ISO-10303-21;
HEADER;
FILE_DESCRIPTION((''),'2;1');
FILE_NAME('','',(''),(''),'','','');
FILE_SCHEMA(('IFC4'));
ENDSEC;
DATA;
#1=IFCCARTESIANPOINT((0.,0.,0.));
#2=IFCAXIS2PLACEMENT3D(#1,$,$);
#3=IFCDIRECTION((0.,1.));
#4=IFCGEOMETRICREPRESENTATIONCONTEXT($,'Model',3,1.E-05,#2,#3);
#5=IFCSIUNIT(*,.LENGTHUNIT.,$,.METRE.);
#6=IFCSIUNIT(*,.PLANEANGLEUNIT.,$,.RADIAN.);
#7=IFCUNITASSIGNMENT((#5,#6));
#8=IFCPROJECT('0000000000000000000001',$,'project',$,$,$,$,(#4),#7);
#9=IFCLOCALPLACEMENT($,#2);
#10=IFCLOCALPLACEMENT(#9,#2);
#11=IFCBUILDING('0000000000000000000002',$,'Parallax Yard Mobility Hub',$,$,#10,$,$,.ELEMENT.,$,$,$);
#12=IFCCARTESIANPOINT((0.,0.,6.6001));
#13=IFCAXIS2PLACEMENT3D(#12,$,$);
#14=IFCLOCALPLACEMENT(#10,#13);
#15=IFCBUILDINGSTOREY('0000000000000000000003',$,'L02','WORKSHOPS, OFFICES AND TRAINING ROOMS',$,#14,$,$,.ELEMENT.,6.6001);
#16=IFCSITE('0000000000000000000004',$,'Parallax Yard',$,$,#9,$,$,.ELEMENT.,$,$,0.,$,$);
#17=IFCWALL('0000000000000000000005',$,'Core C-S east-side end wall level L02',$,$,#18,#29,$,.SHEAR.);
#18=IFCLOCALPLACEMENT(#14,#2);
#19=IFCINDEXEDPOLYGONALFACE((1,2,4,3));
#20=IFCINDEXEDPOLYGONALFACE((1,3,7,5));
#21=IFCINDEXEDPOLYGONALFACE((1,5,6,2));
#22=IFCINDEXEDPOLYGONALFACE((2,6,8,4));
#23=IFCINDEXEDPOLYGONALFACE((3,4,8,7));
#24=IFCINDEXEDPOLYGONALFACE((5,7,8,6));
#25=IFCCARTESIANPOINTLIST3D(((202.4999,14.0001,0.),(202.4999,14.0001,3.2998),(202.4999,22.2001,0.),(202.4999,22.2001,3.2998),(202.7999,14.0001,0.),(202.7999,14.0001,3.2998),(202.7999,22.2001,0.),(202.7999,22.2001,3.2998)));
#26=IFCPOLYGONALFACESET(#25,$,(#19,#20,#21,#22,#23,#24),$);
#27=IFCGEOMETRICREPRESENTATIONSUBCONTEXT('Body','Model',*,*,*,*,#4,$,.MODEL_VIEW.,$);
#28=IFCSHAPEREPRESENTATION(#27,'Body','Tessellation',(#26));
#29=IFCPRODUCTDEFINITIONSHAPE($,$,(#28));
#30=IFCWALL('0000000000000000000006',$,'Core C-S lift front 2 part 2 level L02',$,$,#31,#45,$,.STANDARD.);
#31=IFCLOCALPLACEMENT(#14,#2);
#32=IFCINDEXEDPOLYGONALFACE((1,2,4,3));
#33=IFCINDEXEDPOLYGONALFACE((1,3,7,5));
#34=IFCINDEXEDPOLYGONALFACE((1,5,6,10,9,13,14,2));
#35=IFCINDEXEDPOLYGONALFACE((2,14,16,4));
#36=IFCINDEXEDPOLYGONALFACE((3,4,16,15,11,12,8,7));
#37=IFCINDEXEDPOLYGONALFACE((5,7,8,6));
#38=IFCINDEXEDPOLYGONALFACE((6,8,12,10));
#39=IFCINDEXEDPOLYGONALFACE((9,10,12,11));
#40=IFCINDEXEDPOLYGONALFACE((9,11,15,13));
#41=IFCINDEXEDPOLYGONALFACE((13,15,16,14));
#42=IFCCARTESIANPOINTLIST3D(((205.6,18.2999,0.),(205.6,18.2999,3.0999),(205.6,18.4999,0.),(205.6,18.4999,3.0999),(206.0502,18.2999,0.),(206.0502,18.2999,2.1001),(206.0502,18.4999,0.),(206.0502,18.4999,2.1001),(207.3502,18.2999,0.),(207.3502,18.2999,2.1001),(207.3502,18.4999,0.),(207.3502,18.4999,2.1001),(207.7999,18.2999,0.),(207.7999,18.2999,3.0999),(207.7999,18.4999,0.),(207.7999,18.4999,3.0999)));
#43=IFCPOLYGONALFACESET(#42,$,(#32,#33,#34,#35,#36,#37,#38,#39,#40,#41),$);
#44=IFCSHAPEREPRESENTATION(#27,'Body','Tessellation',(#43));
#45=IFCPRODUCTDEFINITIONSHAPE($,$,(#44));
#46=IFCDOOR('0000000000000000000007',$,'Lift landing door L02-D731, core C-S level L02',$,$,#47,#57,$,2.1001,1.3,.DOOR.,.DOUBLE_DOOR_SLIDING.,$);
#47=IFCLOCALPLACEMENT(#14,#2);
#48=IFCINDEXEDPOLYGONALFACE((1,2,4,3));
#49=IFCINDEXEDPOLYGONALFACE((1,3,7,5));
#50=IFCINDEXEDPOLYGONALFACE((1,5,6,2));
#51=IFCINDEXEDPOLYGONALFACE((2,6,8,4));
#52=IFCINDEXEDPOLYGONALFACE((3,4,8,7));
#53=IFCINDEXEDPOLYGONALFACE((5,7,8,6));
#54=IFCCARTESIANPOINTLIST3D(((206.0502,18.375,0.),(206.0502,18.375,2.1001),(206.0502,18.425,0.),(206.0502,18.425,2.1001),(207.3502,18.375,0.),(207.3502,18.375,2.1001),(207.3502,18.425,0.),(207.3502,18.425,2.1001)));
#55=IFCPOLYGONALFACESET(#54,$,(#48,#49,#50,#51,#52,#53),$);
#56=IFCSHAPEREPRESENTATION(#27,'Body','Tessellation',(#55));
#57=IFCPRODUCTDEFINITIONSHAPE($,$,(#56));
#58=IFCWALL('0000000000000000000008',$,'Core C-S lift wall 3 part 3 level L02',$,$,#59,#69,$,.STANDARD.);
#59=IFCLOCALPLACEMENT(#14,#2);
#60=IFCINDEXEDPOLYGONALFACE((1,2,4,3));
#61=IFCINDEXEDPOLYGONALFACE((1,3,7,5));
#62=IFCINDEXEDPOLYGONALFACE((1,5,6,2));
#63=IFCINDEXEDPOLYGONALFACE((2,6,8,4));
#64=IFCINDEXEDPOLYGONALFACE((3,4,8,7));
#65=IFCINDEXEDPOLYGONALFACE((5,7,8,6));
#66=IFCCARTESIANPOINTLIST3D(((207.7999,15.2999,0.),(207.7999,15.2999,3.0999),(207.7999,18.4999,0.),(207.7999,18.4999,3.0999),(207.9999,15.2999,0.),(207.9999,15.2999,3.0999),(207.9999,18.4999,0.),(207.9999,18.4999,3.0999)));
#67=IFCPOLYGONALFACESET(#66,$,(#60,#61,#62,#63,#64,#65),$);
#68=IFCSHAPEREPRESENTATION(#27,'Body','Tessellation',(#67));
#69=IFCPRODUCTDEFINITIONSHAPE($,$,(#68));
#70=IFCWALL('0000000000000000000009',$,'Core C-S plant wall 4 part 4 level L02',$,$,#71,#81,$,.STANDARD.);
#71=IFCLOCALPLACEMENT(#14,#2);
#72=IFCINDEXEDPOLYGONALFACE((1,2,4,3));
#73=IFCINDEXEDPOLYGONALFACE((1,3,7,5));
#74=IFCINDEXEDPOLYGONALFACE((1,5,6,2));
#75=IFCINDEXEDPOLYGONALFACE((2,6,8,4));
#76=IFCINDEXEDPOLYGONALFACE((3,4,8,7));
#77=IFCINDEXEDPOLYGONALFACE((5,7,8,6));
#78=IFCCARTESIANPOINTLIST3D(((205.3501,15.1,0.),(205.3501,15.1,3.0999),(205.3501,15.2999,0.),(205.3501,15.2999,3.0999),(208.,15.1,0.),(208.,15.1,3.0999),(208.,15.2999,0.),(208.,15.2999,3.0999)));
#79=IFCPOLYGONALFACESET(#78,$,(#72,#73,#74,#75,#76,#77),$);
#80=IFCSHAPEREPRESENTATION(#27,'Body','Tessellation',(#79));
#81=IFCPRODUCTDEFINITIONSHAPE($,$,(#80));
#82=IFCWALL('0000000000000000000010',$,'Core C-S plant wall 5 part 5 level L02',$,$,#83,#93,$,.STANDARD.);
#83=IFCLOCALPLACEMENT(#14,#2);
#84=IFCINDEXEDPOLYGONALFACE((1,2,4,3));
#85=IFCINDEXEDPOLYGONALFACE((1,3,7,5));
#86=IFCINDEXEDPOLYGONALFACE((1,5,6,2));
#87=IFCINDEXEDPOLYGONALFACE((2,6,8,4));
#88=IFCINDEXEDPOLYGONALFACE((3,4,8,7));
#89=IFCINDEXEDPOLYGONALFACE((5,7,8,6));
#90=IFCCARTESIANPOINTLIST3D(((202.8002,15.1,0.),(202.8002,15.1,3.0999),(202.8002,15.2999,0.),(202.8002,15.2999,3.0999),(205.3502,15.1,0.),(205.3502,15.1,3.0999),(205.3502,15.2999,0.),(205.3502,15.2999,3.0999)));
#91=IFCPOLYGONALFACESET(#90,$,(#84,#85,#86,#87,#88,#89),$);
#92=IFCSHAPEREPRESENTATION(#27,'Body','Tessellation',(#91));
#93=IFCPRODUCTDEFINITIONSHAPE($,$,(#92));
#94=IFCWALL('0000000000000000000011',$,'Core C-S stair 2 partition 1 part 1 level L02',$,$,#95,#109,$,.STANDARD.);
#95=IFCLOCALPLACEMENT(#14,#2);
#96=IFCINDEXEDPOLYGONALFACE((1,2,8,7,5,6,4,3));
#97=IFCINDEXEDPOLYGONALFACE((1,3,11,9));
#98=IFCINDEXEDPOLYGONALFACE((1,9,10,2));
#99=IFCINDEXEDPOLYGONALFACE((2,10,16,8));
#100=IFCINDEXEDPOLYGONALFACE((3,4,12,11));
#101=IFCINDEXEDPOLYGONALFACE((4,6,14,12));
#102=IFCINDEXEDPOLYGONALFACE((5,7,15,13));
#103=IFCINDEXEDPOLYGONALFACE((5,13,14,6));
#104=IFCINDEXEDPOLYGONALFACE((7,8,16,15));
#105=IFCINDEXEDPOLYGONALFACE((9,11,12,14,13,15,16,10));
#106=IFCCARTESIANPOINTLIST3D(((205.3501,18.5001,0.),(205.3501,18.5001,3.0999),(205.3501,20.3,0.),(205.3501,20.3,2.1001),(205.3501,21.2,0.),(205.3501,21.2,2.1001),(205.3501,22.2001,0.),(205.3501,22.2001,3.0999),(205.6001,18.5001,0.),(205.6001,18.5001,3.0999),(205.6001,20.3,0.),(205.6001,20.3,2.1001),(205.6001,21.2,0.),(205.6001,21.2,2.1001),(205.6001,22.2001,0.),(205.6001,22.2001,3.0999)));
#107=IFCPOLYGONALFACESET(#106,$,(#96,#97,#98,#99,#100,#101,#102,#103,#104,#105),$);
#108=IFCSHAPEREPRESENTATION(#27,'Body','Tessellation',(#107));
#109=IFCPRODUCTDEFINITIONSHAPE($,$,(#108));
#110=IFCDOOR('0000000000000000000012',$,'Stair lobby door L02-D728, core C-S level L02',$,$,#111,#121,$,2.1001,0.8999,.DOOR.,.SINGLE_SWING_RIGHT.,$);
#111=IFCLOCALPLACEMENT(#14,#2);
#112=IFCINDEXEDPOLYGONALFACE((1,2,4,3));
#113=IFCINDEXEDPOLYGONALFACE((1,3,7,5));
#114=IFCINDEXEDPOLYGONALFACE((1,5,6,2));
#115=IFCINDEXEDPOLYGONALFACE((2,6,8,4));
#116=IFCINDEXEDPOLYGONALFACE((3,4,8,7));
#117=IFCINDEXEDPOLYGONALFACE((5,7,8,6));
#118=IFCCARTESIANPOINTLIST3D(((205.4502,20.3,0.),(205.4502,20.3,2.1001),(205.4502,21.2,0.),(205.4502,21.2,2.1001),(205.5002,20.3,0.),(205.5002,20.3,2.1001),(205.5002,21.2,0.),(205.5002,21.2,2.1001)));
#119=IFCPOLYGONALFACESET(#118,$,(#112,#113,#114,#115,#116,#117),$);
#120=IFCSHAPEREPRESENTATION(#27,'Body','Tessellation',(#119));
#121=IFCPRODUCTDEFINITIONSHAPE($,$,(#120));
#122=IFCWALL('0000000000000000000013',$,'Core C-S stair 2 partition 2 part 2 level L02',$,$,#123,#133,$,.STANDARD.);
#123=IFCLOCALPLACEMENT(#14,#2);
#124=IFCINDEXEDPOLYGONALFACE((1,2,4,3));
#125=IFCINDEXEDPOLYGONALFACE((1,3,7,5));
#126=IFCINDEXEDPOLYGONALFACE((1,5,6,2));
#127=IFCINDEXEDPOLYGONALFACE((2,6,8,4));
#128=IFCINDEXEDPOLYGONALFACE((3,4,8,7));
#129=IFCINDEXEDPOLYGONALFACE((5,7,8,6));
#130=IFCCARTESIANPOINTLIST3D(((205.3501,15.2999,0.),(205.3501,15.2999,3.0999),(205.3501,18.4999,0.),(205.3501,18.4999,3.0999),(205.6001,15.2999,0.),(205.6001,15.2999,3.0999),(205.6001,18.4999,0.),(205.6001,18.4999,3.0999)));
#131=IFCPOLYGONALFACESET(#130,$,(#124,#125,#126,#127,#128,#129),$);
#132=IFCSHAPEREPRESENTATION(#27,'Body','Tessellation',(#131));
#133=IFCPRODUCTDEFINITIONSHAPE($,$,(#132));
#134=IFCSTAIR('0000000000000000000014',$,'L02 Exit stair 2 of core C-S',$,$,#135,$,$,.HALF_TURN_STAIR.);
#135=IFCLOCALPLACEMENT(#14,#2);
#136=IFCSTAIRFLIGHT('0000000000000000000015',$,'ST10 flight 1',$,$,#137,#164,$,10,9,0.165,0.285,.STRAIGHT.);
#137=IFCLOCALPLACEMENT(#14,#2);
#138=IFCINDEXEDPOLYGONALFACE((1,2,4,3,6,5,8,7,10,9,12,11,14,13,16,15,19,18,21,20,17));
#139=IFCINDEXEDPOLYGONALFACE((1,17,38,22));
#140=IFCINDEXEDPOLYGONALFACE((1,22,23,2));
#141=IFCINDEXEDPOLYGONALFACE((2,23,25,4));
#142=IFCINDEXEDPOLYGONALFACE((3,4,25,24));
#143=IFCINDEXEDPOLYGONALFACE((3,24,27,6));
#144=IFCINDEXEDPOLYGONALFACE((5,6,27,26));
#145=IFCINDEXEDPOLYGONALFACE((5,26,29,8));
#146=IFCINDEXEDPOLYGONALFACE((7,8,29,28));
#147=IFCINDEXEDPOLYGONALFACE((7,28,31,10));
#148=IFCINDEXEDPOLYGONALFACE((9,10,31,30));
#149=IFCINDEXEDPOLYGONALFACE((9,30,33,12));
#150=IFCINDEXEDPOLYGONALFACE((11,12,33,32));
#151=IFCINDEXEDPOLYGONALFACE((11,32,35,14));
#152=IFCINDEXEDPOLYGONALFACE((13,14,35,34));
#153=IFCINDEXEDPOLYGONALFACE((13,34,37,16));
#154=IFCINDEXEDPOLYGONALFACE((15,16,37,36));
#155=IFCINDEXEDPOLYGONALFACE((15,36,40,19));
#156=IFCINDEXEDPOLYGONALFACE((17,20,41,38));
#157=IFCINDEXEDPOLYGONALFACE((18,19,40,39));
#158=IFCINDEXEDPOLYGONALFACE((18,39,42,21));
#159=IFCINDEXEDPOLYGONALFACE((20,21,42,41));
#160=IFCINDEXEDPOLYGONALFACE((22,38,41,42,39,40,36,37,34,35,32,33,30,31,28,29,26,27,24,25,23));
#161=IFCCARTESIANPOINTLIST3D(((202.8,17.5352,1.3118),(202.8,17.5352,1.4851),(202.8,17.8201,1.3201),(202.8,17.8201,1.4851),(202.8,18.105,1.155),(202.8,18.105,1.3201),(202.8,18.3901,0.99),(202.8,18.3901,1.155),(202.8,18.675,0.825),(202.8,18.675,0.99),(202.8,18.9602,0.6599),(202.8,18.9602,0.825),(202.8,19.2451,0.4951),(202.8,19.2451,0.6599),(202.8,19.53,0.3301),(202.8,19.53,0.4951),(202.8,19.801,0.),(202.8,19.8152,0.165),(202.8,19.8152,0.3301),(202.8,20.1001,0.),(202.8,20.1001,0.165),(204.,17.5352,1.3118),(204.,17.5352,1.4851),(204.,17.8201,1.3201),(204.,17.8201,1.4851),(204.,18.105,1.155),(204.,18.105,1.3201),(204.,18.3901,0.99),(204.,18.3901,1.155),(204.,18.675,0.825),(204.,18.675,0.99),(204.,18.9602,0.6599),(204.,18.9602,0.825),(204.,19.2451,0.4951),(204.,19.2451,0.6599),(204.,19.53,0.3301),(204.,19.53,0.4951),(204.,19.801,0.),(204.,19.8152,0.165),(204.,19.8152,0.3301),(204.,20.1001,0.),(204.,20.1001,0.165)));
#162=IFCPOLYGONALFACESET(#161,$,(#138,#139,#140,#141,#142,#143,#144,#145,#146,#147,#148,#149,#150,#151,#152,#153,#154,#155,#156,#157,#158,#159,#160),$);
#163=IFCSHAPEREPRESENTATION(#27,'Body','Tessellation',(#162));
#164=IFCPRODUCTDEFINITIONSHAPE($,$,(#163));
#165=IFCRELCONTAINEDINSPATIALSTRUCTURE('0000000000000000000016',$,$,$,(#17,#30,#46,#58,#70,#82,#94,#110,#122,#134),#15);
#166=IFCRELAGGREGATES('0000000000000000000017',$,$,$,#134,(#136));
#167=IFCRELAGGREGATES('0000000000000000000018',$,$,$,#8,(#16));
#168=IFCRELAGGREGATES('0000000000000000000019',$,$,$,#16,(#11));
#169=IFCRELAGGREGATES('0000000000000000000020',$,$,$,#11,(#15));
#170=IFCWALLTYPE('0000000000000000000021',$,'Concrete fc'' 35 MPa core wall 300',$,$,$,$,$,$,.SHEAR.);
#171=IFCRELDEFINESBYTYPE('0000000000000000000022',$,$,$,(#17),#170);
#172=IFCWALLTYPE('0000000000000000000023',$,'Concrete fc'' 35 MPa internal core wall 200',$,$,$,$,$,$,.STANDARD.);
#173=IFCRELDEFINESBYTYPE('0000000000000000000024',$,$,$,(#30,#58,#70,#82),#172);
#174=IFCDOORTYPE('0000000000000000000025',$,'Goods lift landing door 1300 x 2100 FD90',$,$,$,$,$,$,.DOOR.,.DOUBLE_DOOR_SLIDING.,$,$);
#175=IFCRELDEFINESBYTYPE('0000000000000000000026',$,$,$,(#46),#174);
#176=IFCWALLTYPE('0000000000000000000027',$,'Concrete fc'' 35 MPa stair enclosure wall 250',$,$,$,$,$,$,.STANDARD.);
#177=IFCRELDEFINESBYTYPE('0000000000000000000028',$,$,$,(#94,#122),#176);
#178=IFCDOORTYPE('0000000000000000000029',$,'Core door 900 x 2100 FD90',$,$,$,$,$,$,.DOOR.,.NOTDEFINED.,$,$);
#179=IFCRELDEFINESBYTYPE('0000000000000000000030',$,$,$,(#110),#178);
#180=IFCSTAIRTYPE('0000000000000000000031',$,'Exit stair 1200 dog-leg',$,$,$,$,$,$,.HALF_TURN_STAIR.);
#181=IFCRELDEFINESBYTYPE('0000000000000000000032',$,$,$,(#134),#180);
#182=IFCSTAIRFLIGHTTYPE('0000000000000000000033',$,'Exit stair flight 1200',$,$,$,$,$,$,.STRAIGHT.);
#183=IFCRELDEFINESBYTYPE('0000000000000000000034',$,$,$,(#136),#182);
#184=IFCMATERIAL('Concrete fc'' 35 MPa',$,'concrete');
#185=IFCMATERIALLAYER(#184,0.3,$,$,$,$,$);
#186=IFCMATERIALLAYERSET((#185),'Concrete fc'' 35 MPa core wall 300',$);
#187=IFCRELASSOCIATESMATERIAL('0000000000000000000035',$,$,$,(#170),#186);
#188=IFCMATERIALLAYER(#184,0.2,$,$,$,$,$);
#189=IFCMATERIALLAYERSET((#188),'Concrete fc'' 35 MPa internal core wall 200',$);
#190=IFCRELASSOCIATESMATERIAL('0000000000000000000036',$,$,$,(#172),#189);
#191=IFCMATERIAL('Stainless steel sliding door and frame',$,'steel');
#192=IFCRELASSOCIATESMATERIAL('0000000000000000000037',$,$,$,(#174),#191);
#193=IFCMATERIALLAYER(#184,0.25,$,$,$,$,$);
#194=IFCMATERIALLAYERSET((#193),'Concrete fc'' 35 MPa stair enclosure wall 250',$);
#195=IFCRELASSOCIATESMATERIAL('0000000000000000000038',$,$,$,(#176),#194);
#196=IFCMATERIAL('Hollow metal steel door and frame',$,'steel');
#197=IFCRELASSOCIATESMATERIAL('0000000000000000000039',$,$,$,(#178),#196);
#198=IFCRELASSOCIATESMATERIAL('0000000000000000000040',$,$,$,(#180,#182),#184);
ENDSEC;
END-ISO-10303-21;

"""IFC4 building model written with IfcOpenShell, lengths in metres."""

from ifc_helpers import new_model, si_unit, direction, frame, frame_2d, origin, place, context, subcontext, project, spatial, polyline, rectangle, outline, extrude, material, layer, layer_set, type_object, element, fill, aggregate, save


model = new_model("IFC4")

# Units and contexts
model_context = context("Model", 3, precision=1e-05, world=origin(), true_north=direction((0.0, 1.0)))
body_context = subcontext(model_context, "Body", "Model", "MODEL_VIEW")
ifc_project = project(units=[si_unit("LENGTHUNIT", "METRE"), si_unit("PLANEANGLEUNIT", "RADIAN")], contexts=[model_context])

# Site, building, storey
site_placement = place(None, origin())
site = spatial("IfcSite", under=ifc_project, at=site_placement, Name="Parallax Yard", CompositionType="ELEMENT", RefElevation=0.0)
building_placement = place(site_placement, origin())
building = spatial("IfcBuilding", under=site, at=building_placement, Name="Parallax Yard Mobility Hub", CompositionType="ELEMENT")
storey_placement = place(building_placement, frame((0.0, 0.0, 6.6001)))
storey = spatial("IfcBuildingStorey", under=building, at=storey_placement, Name="L02", Description="WORKSHOPS, OFFICES AND TRAINING ROOMS", CompositionType="ELEMENT", Elevation=6.6001)

# Wall
ifc_material_1 = material(Name="Concrete fc' 35 MPa", Category="concrete")
ifc_layer_1 = layer(ifc_material_1, 0.3)
ifc_layer_set_1 = layer_set([ifc_layer_1], Name="Concrete fc' 35 MPa core wall 300")
wall_type_1 = type_object("IfcWallType", Name="Concrete fc' 35 MPa core wall 300", PredefinedType="SHEAR", material=ifc_layer_set_1)
wall_1_placement = place(storey_placement, frame((202.6499, 14.0, 0.0), z_axis=(0.0, 0.0, 1.0), x_axis=(0.0, 1.0, 0.0)))
element("IfcWall", 1, at=wall_1_placement, inside=storey, type_object=wall_type_1, Name="Core C-S east-side end wall level L02", PredefinedType="SHEAR", context=body_context, shape_type="SweptSolid", body=[
    extrude(rectangle(XDim=8.2, YDim=0.3, at=frame_2d((4.1001, 0.0))), origin(), (0.0, 0.0, 1.0), 3.2998),
])

# Wall, opening, door
ifc_layer_2 = layer(ifc_material_1, 0.2)
ifc_layer_set_2 = layer_set([ifc_layer_2], Name="Concrete fc' 35 MPa internal core wall 200")
wall_type_2 = type_object("IfcWallType", Name="Concrete fc' 35 MPa internal core wall 200", PredefinedType="STANDARD", material=ifc_layer_set_2)
wall_2_placement = place(storey_placement, frame((207.8, 18.3999, 0.0), z_axis=(0.0, 0.0, 1.0), x_axis=(-1.0, 0.0, 0.0)))
wall_2 = element("IfcWall", 2, at=wall_2_placement, inside=storey, type_object=wall_type_2, Name="Core C-S lift front 2 part 2 level L02", PredefinedType="STANDARD", context=body_context, shape_type="SweptSolid", body=[
    extrude(rectangle(XDim=2.2, YDim=0.2, at=frame_2d((1.1001, 0.0))), origin(), (0.0, 0.0, 1.0), 3.0999),
])
opening_1_placement = place(wall_2_placement, frame((0.45, 0.0, 0.0)))
opening_1 = element("IfcOpeningElement", 3, at=opening_1_placement, cuts=wall_2, PredefinedType="OPENING", context=body_context, shape_type="SweptSolid", body=[
    extrude(rectangle(XDim=1.3, YDim=2.1001, at=frame_2d((0.6499, 1.05))), frame((0.0, 0.1099, 0.0), z_axis=(0.0, -1.0, 0.0), x_axis=(1.0, 0.0, 0.0)), (0.0, 0.0, 1.0), 0.22),
])
ifc_material_2 = material(Name="Stainless steel sliding door and frame", Category="steel")
door_type_1 = type_object("IfcDoorType", Name="Goods lift landing door 1300 x 2100 FD90", OperationType="DOUBLE_DOOR_SLIDING", PredefinedType="DOOR", material=ifc_material_2)
door_1_placement = place(opening_1_placement, origin())
door_1 = element("IfcDoor", 4, at=door_1_placement, inside=storey, type_object=door_type_1, Name="Lift landing door L02-D731, core C-S level L02", OperationType="DOUBLE_DOOR_SLIDING", OverallHeight=2.1001, OverallWidth=1.3, PredefinedType="DOOR", context=body_context, shape_type="SweptSolid", body=[
    extrude(rectangle(XDim=1.3, YDim=2.1001, at=frame_2d((0.6499, 1.05))), frame((0.0, 0.0249, 0.0), z_axis=(0.0, -1.0, 0.0), x_axis=(1.0, 0.0, 0.0)), (0.0, 0.0, 1.0), 0.05),
])
fill(opening_1, door_1)

# Walls
wall_3_placement = place(storey_placement, frame((207.8999, 18.5, 0.0), z_axis=(0.0, 0.0, 1.0), x_axis=(0.0, -1.0, 0.0)))
element("IfcWall", 5, at=wall_3_placement, inside=storey, type_object=wall_type_2, Name="Core C-S lift wall 3 part 3 level L02", PredefinedType="STANDARD", context=body_context, shape_type="SweptSolid", body=[
    extrude(rectangle(XDim=3.2, YDim=0.2, at=frame_2d((1.6001, 0.0))), origin(), (0.0, 0.0, 1.0), 3.0999),
])
wall_4_placement = place(storey_placement, frame((208.0, 15.2, 0.0), z_axis=(0.0, 0.0, 1.0), x_axis=(-1.0, 0.0, 0.0)))
element("IfcWall", 6, at=wall_4_placement, inside=storey, type_object=wall_type_2, Name="Core C-S plant wall 4 part 4 level L02", PredefinedType="STANDARD", context=body_context, shape_type="SweptSolid", body=[
    extrude(rectangle(XDim=2.6499, YDim=0.2, at=frame_2d((1.325, 0.0))), origin(), (0.0, 0.0, 1.0), 3.0999),
])
wall_5_placement = place(storey_placement, frame((205.3501, 15.2, 0.0), z_axis=(0.0, 0.0, 1.0), x_axis=(-1.0, 0.0, 0.0)))
element("IfcWall", 7, at=wall_5_placement, inside=storey, type_object=wall_type_2, Name="Core C-S plant wall 5 part 5 level L02", PredefinedType="STANDARD", context=body_context, shape_type="SweptSolid", body=[
    extrude(rectangle(XDim=2.55, YDim=0.2, at=frame_2d((1.2749, 0.0))), origin(), (0.0, 0.0, 1.0), 3.0999),
])

# Wall, opening, door
ifc_layer_3 = layer(ifc_material_1, 0.25)
ifc_layer_set_3 = layer_set([ifc_layer_3], Name="Concrete fc' 35 MPa stair enclosure wall 250")
wall_type_3 = type_object("IfcWallType", Name="Concrete fc' 35 MPa stair enclosure wall 250", PredefinedType="STANDARD", material=ifc_layer_set_3)
wall_6_placement = place(storey_placement, frame((205.4751, 18.5, 0.0), z_axis=(0.0, 0.0, 1.0), x_axis=(0.0, 1.0, 0.0)))
wall_6 = element("IfcWall", 8, at=wall_6_placement, inside=storey, type_object=wall_type_3, Name="Core C-S stair 2 partition 1 part 1 level L02", PredefinedType="STANDARD", context=body_context, shape_type="SweptSolid", body=[
    extrude(rectangle(XDim=3.7, YDim=0.25, at=frame_2d((1.8501, 0.0))), origin(), (0.0, 0.0, 1.0), 3.0999),
])
opening_2_placement = place(wall_6_placement, frame((1.8, 0.0, 0.0)))
opening_2 = element("IfcOpeningElement", 9, at=opening_2_placement, cuts=wall_6, PredefinedType="OPENING", context=body_context, shape_type="SweptSolid", body=[
    extrude(rectangle(XDim=0.8999, YDim=2.1001, at=frame_2d((0.45, 1.05))), frame((0.0, 0.135, 0.0), z_axis=(0.0, -1.0, 0.0), x_axis=(1.0, 0.0, 0.0)), (0.0, 0.0, 1.0), 0.27),
])
ifc_material_3 = material(Name="Hollow metal steel door and frame", Category="steel")
door_type_2 = type_object("IfcDoorType", Name="Core door 900 x 2100 FD90", OperationType="NOTDEFINED", PredefinedType="DOOR", material=ifc_material_3)
door_2_placement = place(opening_2_placement, origin())
door_2 = element("IfcDoor", 10, at=door_2_placement, inside=storey, type_object=door_type_2, Name="Stair lobby door L02-D728, core C-S level L02", OperationType="SINGLE_SWING_RIGHT", OverallHeight=2.1001, OverallWidth=0.8999, PredefinedType="DOOR", context=body_context, shape_type="SweptSolid", body=[
    extrude(rectangle(XDim=0.8999, YDim=2.1001, at=frame_2d((0.45, 1.05))), frame((0.0, 0.0249, 0.0), z_axis=(0.0, -1.0, 0.0), x_axis=(1.0, 0.0, 0.0)), (0.0, 0.0, 1.0), 0.05),
])
fill(opening_2, door_2)

# Wall
wall_7_placement = place(storey_placement, frame((205.4751, 18.5, 0.0), z_axis=(0.0, 0.0, 1.0), x_axis=(0.0, -1.0, 0.0)))
element("IfcWall", 11, at=wall_7_placement, inside=storey, type_object=wall_type_3, Name="Core C-S stair 2 partition 2 part 2 level L02", PredefinedType="STANDARD", context=body_context, shape_type="SweptSolid", body=[
    extrude(rectangle(XDim=3.2, YDim=0.25, at=frame_2d((1.6001, 0.0))), origin(), (0.0, 0.0, 1.0), 3.0999),
])

# Stair, stair flight
stair_type = type_object("IfcStairType", Name="Exit stair 1200 dog-leg", PredefinedType="HALF_TURN_STAIR", material=ifc_material_1)
stair_placement = place(storey_placement, origin())
stair = element("IfcStair", 12, at=stair_placement, inside=storey, type_object=stair_type, Name="L02 Exit stair 2 of core C-S", PredefinedType="HALF_TURN_STAIR")
stair_flight_type = type_object("IfcStairFlightType", Name="Exit stair flight 1200", PredefinedType="STRAIGHT", material=ifc_material_1)
stair_flight_1_placement = place(storey_placement, frame((203.3999, 20.1001, 0.0), z_axis=(0.0, 0.0, 1.0), x_axis=(0.0, -1.0, 0.0)))
stair_flight_1 = element("IfcStairFlight", 13, at=stair_flight_1_placement, type_object=stair_flight_type, Name="ST10 flight 1", NumberOfRisers=10, NumberOfTreads=9, PredefinedType="STRAIGHT", RiserHeight=0.165, TreadLength=0.285, context=body_context, shape_type="SweptSolid", body=[
    extrude(outline(polyline([(0.0, 0.0), (0.0, 0.165), (0.2849, 0.165), (0.2849, 0.3301), (0.5701, 0.3301), (0.5701, 0.4951), (0.855, 0.4951), (0.855, 0.6599), (1.1399, 0.6599), (1.1399, 0.825), (1.425, 0.825), (1.425, 0.99), (1.71, 0.99), (1.71, 1.155), (1.9951, 1.155), (1.9951, 1.3201), (2.28, 1.3201), (2.28, 1.4851), (2.5649, 1.4851), (2.5649, 1.6499), (2.5649, 1.3118), (0.2991, 0.0), (0.0, 0.0)])), frame((0.0, 0.6001, 0.0), z_axis=(0.0, -1.0, 0.0), x_axis=(1.0, 0.0, 0.0)), (0.0, 0.0, 1.0), 1.2),
])
aggregate(stair, [stair_flight_1])

save(model, "model.ifc")
